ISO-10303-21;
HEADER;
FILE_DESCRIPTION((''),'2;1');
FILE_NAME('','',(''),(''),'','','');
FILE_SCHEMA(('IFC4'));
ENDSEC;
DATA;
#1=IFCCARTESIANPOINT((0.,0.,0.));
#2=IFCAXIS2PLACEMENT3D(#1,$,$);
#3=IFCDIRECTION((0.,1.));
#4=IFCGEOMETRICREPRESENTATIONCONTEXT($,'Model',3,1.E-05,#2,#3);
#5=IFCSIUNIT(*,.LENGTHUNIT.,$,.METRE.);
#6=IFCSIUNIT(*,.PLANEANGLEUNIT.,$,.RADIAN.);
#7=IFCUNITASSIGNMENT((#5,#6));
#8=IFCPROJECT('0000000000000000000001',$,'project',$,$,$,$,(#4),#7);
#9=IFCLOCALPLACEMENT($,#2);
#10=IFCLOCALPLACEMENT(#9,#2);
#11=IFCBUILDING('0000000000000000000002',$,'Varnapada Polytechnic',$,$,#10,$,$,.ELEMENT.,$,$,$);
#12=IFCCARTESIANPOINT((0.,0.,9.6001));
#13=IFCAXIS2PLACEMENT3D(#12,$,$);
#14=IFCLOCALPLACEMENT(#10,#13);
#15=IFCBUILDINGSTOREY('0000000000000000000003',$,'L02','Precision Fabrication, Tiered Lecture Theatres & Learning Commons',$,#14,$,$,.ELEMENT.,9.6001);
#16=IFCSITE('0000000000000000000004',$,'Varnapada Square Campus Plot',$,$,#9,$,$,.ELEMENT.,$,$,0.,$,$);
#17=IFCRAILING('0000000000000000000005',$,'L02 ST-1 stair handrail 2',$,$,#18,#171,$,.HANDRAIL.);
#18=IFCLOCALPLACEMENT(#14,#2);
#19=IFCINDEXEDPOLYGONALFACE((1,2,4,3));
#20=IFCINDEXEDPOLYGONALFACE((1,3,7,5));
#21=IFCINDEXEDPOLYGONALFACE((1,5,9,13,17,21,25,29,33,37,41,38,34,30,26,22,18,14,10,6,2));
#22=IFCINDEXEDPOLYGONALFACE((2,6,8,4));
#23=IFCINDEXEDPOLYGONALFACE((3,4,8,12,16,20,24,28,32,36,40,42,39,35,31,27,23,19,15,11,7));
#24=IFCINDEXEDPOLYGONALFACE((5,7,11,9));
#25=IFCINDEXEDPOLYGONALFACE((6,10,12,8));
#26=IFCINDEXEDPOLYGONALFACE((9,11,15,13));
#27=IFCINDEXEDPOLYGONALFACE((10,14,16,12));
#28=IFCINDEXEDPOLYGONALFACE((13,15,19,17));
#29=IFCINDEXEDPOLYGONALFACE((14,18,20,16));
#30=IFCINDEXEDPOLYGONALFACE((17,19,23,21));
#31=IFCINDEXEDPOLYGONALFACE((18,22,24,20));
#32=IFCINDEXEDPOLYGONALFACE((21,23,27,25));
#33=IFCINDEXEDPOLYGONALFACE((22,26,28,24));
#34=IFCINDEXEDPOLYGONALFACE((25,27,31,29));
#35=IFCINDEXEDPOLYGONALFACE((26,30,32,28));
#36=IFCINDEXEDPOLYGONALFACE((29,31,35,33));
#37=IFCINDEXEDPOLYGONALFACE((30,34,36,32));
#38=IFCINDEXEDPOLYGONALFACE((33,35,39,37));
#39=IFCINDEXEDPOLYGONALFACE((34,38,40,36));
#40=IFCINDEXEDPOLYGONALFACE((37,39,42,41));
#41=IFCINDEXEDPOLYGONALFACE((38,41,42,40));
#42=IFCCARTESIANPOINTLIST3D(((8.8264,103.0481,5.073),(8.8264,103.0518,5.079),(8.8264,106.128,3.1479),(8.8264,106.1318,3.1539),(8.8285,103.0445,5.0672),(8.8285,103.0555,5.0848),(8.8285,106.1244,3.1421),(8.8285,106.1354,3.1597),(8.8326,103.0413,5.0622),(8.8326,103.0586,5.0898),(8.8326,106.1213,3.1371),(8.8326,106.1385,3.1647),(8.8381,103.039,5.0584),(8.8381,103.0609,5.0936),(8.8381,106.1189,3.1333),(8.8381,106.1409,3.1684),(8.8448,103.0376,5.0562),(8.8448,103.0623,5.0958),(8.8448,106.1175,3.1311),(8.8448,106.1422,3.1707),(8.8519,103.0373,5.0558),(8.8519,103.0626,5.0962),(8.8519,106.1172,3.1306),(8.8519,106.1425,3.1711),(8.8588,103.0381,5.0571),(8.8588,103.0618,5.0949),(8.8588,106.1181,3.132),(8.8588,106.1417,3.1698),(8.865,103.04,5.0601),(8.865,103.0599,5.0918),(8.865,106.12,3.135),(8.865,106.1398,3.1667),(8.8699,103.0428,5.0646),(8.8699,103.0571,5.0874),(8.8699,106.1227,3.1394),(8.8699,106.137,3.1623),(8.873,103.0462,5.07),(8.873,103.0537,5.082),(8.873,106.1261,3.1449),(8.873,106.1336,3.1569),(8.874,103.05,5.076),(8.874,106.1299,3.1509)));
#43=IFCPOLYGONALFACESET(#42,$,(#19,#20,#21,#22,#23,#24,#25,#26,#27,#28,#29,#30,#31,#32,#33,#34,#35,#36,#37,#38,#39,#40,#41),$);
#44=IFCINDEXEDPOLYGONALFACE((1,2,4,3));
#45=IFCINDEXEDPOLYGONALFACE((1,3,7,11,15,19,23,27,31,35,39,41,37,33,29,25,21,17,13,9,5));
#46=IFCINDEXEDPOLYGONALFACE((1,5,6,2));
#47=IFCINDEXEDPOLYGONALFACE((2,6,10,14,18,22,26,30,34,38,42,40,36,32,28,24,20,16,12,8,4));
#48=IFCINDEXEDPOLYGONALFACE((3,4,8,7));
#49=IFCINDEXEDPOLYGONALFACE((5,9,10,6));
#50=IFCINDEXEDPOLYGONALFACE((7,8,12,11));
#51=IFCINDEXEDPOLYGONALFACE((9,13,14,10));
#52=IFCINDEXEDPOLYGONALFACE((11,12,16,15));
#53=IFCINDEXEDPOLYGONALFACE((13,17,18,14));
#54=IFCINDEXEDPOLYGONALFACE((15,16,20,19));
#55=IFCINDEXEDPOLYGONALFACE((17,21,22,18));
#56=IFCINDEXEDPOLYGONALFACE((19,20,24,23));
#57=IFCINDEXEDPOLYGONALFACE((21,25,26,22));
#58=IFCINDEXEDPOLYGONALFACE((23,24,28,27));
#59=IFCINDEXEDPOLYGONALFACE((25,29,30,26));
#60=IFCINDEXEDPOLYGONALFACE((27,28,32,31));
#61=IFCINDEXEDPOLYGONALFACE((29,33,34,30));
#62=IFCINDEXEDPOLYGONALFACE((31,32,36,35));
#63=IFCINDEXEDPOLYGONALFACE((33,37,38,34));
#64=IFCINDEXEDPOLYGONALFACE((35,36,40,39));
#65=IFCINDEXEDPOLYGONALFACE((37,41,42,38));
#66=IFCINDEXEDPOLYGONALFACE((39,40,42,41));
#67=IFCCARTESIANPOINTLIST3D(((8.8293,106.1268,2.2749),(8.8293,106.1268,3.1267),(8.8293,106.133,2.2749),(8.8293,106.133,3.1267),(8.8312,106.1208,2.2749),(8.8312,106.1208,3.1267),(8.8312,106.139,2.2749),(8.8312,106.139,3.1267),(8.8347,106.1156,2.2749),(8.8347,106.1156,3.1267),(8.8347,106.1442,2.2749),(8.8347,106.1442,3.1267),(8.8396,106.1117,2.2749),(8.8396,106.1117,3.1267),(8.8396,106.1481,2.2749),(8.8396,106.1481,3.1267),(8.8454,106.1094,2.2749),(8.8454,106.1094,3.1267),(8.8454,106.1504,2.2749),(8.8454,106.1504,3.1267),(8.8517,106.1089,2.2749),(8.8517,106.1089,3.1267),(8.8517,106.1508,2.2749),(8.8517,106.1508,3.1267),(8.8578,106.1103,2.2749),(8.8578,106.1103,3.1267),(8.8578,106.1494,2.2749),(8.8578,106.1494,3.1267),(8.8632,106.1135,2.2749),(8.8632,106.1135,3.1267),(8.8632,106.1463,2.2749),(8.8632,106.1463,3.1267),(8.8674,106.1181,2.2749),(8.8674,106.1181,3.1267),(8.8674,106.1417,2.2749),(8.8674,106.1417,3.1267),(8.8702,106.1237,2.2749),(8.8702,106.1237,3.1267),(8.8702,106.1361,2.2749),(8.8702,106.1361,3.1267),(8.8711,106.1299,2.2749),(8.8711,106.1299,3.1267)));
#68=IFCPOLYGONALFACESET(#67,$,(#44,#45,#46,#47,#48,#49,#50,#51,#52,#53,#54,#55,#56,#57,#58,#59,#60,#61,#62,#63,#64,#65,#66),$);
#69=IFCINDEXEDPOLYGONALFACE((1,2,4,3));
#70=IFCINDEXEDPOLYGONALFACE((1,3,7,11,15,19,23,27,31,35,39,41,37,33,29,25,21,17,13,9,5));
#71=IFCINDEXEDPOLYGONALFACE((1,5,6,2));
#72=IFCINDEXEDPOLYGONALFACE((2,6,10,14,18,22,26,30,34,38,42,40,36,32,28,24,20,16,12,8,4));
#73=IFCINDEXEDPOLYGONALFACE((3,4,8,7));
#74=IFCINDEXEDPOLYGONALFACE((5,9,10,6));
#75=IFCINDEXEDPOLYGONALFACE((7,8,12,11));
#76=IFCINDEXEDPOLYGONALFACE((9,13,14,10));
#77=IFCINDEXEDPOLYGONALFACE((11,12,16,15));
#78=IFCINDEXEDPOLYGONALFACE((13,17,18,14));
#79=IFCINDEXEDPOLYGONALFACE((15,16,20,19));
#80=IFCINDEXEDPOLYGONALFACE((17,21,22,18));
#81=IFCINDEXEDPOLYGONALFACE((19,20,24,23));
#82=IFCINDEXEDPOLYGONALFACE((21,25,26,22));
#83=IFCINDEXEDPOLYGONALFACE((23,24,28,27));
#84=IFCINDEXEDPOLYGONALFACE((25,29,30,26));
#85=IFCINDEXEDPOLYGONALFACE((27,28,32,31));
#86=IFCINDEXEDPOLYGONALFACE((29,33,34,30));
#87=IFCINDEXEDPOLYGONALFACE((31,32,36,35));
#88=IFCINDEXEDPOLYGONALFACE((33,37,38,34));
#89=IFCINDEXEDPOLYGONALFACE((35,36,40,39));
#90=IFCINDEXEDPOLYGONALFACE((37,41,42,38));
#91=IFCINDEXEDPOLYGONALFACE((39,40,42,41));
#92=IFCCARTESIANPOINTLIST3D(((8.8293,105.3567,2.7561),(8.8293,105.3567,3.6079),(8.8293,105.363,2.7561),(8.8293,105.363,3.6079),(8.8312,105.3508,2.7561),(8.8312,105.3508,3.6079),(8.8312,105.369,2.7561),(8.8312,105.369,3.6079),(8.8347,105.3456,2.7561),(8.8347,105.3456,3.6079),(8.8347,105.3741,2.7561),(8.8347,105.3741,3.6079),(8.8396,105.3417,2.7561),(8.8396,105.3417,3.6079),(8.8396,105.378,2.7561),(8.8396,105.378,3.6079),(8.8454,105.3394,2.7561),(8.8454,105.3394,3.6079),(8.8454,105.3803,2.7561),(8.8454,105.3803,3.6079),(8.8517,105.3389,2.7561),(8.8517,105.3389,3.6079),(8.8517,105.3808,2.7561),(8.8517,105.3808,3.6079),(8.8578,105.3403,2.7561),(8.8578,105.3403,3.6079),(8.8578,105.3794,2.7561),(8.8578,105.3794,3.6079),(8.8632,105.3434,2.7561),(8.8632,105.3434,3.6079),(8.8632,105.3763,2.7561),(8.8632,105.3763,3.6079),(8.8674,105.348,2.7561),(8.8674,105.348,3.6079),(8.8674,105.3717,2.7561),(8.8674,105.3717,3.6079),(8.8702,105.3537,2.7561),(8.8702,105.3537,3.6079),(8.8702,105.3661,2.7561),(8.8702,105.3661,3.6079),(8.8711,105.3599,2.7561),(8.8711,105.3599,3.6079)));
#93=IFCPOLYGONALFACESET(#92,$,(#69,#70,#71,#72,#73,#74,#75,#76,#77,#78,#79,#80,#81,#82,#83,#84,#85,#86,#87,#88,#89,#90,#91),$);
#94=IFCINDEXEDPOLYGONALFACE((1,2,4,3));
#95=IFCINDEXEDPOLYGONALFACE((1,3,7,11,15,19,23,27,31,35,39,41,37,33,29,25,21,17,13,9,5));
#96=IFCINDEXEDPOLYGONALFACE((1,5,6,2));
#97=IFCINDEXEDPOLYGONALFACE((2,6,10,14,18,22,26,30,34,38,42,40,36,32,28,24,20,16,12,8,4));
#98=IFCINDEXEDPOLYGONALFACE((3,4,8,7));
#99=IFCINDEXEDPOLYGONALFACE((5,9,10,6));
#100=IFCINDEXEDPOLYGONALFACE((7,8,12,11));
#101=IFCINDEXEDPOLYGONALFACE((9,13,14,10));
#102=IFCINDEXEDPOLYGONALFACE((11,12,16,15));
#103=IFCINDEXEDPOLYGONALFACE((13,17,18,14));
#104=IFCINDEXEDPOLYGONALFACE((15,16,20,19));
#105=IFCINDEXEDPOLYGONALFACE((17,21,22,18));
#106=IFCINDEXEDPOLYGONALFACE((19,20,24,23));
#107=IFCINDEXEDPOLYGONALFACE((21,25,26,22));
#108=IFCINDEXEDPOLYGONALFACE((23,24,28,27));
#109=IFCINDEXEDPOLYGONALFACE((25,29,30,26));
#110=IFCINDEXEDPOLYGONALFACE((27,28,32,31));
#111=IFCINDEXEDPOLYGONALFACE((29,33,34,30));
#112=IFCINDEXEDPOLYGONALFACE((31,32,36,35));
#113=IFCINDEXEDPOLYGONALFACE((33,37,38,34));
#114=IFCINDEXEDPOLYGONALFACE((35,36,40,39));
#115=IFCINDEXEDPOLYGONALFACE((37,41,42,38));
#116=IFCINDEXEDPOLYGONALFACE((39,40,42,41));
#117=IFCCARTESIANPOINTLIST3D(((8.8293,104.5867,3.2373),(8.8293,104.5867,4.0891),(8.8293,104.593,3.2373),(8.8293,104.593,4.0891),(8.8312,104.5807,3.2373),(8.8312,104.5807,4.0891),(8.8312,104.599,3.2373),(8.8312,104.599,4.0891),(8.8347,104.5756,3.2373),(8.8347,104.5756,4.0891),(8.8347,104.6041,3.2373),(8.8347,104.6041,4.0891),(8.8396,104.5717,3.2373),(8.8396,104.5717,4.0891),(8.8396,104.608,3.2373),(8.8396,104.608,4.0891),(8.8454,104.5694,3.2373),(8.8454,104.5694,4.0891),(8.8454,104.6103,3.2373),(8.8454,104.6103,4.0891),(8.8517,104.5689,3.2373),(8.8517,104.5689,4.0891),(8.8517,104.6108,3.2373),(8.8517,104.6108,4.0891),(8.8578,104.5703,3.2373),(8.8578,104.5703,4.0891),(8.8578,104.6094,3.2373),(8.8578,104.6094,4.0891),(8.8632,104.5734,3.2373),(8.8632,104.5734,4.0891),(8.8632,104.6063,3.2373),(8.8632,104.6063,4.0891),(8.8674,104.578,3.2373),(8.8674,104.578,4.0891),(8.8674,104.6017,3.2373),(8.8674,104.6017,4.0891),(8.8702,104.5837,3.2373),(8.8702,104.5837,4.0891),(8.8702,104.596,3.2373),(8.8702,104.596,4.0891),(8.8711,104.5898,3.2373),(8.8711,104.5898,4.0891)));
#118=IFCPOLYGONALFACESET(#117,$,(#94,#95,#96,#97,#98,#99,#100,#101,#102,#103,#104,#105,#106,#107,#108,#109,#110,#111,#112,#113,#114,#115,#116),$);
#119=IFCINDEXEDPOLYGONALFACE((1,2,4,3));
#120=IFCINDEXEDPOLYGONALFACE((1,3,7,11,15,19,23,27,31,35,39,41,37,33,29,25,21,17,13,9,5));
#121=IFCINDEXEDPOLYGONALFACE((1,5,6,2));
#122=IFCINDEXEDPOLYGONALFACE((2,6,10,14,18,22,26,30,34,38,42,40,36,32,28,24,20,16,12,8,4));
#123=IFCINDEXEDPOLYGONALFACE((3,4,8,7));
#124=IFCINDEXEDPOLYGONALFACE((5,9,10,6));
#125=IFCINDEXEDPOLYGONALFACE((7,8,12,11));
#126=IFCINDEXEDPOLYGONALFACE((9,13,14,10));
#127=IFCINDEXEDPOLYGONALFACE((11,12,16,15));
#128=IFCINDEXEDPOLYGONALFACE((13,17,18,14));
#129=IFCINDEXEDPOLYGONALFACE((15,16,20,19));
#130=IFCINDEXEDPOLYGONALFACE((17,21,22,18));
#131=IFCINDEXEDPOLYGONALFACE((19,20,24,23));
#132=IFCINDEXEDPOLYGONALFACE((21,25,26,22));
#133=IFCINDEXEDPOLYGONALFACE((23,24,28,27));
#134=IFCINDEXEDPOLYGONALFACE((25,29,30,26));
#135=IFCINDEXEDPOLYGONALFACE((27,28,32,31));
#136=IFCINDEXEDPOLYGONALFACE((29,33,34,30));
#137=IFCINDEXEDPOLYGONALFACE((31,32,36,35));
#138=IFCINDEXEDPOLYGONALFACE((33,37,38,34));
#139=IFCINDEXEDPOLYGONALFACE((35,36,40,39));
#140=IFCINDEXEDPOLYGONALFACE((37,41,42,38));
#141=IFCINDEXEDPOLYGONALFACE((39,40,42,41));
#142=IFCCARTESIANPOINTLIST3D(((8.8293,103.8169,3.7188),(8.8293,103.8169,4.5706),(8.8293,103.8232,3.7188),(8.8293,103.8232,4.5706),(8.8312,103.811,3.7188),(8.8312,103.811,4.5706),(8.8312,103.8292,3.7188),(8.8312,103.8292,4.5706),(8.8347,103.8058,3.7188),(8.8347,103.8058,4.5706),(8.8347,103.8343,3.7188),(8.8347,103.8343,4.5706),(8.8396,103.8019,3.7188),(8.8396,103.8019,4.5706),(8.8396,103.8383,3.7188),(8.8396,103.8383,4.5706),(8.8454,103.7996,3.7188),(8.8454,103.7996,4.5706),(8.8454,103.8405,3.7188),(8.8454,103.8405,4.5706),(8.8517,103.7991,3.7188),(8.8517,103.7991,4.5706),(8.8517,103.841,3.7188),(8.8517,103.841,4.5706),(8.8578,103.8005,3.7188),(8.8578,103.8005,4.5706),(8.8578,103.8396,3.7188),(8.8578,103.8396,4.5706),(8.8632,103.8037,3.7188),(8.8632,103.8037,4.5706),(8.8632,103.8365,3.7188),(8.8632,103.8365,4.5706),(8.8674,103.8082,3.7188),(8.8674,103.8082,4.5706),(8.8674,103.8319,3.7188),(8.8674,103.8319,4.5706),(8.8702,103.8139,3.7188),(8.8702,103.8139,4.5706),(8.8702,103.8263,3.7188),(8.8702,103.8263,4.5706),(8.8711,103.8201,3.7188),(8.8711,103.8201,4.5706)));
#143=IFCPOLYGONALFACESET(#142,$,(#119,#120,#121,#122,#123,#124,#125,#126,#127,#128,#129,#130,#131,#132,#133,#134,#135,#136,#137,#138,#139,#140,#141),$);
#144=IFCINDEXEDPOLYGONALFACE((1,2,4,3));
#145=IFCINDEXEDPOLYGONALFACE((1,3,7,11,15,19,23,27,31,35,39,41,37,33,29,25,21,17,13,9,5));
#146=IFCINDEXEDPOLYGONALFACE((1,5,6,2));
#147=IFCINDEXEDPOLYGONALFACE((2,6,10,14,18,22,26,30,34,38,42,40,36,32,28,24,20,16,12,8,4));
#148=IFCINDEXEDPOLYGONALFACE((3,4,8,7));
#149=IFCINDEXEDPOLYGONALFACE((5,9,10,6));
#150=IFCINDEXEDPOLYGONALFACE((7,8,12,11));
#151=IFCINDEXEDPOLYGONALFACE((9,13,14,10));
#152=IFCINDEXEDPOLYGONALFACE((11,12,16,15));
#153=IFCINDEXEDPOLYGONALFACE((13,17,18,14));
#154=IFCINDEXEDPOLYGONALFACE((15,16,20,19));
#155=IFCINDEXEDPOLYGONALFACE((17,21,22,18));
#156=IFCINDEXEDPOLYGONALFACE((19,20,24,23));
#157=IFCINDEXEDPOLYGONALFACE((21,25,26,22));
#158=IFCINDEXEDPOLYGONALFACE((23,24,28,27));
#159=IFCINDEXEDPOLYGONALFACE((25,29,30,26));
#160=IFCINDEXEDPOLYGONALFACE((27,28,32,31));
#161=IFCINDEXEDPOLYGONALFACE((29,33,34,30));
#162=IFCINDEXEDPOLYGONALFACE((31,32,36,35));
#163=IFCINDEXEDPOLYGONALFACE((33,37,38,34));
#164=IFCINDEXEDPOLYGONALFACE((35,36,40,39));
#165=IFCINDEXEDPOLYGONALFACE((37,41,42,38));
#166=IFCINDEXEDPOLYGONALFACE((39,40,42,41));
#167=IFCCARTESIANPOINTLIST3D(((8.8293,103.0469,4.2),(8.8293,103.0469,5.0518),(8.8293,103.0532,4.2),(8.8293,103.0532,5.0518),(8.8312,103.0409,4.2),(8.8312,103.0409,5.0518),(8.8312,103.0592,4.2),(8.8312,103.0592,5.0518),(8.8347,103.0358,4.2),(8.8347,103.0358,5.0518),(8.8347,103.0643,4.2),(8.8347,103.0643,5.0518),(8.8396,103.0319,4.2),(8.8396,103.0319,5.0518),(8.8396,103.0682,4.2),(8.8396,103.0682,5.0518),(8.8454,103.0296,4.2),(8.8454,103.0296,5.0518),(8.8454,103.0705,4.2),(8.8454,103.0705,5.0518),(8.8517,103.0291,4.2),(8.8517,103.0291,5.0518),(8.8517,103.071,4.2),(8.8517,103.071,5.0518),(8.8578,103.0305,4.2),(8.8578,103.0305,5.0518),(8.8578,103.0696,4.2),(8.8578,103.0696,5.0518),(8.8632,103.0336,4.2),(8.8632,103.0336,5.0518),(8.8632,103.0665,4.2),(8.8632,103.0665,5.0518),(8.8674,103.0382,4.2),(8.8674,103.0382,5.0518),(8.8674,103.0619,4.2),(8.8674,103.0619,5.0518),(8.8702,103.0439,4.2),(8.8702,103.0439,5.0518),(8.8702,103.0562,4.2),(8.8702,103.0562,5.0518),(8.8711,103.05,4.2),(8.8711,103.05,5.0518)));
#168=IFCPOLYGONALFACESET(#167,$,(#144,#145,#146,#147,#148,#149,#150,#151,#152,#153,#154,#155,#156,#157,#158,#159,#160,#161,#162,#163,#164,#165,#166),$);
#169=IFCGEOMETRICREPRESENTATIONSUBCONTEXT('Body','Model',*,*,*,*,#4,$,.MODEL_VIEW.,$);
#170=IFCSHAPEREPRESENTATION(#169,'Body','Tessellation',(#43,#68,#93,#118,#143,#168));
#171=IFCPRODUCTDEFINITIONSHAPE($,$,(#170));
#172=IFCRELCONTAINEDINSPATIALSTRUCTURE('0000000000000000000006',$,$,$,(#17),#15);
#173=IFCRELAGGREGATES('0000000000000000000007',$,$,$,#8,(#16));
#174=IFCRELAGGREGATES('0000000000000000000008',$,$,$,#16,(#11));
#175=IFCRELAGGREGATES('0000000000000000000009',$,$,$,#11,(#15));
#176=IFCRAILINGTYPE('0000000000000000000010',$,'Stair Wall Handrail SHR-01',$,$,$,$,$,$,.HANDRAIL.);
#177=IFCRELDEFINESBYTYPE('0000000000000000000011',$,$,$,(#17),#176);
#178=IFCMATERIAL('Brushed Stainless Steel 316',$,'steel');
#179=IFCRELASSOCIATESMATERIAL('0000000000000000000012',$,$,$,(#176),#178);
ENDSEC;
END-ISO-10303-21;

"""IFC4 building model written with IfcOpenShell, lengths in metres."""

from ifc_helpers import new_model, si_unit, direction, frame, origin, origin_2d, place, context, subcontext, project, spatial, circle, extrude, material, type_object, element, save


model = new_model("IFC4")

# Units and contexts
model_context = context("Model", 3, precision=1e-05, world=origin(), true_north=direction((0.0, 1.0)))
body_context = subcontext(model_context, "Body", "Model", "MODEL_VIEW")
ifc_project = project(units=[si_unit("LENGTHUNIT", "METRE"), si_unit("PLANEANGLEUNIT", "RADIAN")], contexts=[model_context])

# Site, building, storey
site_placement = place(None, origin())
site = spatial("IfcSite", under=ifc_project, at=site_placement, Name="Varnapada Square Campus Plot", CompositionType="ELEMENT", RefElevation=0.0)
building_placement = place(site_placement, origin())
building = spatial("IfcBuilding", under=site, at=building_placement, Name="Varnapada Polytechnic", CompositionType="ELEMENT")
storey_placement = place(building_placement, frame((0.0, 0.0, 9.6001)))
storey = spatial("IfcBuildingStorey", under=building, at=storey_placement, Name="L02", Description="Precision Fabrication, Tiered Lecture Theatres & Learning Commons", CompositionType="ELEMENT", Elevation=9.6001)

# Railing
ifc_material_1 = material(Name="Brushed Stainless Steel 316", Category="steel")
railing_type_1 = type_object("IfcRailingType", Name="Stair Wall Handrail SHR-01", PredefinedType="HANDRAIL", material=ifc_material_1)
railing_1_placement = place(storey_placement, frame((8.8501, 106.1299, 2.2749)))
element("IfcRailing", 1, at=railing_1_placement, inside=storey, type_object=railing_type_1, Name="L02 ST-1 stair handrail 2", PredefinedType="HANDRAIL", context=body_context, shape_type="SweptSolid", body=[
    extrude(circle(Radius=0.0239, at=origin_2d()), frame((0.0, 0.0, 0.876), z_axis=(0.0, -0.847979, 0.530029), x_axis=(1.0, 0.0, 0.0)), (0.0, 0.0, 1.0), 3.6321),
    extrude(circle(Radius=0.021, at=origin_2d()), origin(), (0.0, 0.0, 1.0), 0.8518),
    extrude(circle(Radius=0.021, at=origin_2d()), frame((0.0, -0.77, 0.4812)), (0.0, 0.0, 1.0), 0.8518),
    extrude(circle(Radius=0.021, at=origin_2d()), frame((0.0, -1.54, 0.9624)), (0.0, 0.0, 1.0), 0.8518),
    extrude(circle(Radius=0.021, at=origin_2d()), frame((0.0, -2.3098, 1.4438)), (0.0, 0.0, 1.0), 0.8518),
    extrude(circle(Radius=0.021, at=origin_2d()), frame((0.0, -3.0798, 1.925)), (0.0, 0.0, 1.0), 0.8518),
])

save(model, "model.ifc")
